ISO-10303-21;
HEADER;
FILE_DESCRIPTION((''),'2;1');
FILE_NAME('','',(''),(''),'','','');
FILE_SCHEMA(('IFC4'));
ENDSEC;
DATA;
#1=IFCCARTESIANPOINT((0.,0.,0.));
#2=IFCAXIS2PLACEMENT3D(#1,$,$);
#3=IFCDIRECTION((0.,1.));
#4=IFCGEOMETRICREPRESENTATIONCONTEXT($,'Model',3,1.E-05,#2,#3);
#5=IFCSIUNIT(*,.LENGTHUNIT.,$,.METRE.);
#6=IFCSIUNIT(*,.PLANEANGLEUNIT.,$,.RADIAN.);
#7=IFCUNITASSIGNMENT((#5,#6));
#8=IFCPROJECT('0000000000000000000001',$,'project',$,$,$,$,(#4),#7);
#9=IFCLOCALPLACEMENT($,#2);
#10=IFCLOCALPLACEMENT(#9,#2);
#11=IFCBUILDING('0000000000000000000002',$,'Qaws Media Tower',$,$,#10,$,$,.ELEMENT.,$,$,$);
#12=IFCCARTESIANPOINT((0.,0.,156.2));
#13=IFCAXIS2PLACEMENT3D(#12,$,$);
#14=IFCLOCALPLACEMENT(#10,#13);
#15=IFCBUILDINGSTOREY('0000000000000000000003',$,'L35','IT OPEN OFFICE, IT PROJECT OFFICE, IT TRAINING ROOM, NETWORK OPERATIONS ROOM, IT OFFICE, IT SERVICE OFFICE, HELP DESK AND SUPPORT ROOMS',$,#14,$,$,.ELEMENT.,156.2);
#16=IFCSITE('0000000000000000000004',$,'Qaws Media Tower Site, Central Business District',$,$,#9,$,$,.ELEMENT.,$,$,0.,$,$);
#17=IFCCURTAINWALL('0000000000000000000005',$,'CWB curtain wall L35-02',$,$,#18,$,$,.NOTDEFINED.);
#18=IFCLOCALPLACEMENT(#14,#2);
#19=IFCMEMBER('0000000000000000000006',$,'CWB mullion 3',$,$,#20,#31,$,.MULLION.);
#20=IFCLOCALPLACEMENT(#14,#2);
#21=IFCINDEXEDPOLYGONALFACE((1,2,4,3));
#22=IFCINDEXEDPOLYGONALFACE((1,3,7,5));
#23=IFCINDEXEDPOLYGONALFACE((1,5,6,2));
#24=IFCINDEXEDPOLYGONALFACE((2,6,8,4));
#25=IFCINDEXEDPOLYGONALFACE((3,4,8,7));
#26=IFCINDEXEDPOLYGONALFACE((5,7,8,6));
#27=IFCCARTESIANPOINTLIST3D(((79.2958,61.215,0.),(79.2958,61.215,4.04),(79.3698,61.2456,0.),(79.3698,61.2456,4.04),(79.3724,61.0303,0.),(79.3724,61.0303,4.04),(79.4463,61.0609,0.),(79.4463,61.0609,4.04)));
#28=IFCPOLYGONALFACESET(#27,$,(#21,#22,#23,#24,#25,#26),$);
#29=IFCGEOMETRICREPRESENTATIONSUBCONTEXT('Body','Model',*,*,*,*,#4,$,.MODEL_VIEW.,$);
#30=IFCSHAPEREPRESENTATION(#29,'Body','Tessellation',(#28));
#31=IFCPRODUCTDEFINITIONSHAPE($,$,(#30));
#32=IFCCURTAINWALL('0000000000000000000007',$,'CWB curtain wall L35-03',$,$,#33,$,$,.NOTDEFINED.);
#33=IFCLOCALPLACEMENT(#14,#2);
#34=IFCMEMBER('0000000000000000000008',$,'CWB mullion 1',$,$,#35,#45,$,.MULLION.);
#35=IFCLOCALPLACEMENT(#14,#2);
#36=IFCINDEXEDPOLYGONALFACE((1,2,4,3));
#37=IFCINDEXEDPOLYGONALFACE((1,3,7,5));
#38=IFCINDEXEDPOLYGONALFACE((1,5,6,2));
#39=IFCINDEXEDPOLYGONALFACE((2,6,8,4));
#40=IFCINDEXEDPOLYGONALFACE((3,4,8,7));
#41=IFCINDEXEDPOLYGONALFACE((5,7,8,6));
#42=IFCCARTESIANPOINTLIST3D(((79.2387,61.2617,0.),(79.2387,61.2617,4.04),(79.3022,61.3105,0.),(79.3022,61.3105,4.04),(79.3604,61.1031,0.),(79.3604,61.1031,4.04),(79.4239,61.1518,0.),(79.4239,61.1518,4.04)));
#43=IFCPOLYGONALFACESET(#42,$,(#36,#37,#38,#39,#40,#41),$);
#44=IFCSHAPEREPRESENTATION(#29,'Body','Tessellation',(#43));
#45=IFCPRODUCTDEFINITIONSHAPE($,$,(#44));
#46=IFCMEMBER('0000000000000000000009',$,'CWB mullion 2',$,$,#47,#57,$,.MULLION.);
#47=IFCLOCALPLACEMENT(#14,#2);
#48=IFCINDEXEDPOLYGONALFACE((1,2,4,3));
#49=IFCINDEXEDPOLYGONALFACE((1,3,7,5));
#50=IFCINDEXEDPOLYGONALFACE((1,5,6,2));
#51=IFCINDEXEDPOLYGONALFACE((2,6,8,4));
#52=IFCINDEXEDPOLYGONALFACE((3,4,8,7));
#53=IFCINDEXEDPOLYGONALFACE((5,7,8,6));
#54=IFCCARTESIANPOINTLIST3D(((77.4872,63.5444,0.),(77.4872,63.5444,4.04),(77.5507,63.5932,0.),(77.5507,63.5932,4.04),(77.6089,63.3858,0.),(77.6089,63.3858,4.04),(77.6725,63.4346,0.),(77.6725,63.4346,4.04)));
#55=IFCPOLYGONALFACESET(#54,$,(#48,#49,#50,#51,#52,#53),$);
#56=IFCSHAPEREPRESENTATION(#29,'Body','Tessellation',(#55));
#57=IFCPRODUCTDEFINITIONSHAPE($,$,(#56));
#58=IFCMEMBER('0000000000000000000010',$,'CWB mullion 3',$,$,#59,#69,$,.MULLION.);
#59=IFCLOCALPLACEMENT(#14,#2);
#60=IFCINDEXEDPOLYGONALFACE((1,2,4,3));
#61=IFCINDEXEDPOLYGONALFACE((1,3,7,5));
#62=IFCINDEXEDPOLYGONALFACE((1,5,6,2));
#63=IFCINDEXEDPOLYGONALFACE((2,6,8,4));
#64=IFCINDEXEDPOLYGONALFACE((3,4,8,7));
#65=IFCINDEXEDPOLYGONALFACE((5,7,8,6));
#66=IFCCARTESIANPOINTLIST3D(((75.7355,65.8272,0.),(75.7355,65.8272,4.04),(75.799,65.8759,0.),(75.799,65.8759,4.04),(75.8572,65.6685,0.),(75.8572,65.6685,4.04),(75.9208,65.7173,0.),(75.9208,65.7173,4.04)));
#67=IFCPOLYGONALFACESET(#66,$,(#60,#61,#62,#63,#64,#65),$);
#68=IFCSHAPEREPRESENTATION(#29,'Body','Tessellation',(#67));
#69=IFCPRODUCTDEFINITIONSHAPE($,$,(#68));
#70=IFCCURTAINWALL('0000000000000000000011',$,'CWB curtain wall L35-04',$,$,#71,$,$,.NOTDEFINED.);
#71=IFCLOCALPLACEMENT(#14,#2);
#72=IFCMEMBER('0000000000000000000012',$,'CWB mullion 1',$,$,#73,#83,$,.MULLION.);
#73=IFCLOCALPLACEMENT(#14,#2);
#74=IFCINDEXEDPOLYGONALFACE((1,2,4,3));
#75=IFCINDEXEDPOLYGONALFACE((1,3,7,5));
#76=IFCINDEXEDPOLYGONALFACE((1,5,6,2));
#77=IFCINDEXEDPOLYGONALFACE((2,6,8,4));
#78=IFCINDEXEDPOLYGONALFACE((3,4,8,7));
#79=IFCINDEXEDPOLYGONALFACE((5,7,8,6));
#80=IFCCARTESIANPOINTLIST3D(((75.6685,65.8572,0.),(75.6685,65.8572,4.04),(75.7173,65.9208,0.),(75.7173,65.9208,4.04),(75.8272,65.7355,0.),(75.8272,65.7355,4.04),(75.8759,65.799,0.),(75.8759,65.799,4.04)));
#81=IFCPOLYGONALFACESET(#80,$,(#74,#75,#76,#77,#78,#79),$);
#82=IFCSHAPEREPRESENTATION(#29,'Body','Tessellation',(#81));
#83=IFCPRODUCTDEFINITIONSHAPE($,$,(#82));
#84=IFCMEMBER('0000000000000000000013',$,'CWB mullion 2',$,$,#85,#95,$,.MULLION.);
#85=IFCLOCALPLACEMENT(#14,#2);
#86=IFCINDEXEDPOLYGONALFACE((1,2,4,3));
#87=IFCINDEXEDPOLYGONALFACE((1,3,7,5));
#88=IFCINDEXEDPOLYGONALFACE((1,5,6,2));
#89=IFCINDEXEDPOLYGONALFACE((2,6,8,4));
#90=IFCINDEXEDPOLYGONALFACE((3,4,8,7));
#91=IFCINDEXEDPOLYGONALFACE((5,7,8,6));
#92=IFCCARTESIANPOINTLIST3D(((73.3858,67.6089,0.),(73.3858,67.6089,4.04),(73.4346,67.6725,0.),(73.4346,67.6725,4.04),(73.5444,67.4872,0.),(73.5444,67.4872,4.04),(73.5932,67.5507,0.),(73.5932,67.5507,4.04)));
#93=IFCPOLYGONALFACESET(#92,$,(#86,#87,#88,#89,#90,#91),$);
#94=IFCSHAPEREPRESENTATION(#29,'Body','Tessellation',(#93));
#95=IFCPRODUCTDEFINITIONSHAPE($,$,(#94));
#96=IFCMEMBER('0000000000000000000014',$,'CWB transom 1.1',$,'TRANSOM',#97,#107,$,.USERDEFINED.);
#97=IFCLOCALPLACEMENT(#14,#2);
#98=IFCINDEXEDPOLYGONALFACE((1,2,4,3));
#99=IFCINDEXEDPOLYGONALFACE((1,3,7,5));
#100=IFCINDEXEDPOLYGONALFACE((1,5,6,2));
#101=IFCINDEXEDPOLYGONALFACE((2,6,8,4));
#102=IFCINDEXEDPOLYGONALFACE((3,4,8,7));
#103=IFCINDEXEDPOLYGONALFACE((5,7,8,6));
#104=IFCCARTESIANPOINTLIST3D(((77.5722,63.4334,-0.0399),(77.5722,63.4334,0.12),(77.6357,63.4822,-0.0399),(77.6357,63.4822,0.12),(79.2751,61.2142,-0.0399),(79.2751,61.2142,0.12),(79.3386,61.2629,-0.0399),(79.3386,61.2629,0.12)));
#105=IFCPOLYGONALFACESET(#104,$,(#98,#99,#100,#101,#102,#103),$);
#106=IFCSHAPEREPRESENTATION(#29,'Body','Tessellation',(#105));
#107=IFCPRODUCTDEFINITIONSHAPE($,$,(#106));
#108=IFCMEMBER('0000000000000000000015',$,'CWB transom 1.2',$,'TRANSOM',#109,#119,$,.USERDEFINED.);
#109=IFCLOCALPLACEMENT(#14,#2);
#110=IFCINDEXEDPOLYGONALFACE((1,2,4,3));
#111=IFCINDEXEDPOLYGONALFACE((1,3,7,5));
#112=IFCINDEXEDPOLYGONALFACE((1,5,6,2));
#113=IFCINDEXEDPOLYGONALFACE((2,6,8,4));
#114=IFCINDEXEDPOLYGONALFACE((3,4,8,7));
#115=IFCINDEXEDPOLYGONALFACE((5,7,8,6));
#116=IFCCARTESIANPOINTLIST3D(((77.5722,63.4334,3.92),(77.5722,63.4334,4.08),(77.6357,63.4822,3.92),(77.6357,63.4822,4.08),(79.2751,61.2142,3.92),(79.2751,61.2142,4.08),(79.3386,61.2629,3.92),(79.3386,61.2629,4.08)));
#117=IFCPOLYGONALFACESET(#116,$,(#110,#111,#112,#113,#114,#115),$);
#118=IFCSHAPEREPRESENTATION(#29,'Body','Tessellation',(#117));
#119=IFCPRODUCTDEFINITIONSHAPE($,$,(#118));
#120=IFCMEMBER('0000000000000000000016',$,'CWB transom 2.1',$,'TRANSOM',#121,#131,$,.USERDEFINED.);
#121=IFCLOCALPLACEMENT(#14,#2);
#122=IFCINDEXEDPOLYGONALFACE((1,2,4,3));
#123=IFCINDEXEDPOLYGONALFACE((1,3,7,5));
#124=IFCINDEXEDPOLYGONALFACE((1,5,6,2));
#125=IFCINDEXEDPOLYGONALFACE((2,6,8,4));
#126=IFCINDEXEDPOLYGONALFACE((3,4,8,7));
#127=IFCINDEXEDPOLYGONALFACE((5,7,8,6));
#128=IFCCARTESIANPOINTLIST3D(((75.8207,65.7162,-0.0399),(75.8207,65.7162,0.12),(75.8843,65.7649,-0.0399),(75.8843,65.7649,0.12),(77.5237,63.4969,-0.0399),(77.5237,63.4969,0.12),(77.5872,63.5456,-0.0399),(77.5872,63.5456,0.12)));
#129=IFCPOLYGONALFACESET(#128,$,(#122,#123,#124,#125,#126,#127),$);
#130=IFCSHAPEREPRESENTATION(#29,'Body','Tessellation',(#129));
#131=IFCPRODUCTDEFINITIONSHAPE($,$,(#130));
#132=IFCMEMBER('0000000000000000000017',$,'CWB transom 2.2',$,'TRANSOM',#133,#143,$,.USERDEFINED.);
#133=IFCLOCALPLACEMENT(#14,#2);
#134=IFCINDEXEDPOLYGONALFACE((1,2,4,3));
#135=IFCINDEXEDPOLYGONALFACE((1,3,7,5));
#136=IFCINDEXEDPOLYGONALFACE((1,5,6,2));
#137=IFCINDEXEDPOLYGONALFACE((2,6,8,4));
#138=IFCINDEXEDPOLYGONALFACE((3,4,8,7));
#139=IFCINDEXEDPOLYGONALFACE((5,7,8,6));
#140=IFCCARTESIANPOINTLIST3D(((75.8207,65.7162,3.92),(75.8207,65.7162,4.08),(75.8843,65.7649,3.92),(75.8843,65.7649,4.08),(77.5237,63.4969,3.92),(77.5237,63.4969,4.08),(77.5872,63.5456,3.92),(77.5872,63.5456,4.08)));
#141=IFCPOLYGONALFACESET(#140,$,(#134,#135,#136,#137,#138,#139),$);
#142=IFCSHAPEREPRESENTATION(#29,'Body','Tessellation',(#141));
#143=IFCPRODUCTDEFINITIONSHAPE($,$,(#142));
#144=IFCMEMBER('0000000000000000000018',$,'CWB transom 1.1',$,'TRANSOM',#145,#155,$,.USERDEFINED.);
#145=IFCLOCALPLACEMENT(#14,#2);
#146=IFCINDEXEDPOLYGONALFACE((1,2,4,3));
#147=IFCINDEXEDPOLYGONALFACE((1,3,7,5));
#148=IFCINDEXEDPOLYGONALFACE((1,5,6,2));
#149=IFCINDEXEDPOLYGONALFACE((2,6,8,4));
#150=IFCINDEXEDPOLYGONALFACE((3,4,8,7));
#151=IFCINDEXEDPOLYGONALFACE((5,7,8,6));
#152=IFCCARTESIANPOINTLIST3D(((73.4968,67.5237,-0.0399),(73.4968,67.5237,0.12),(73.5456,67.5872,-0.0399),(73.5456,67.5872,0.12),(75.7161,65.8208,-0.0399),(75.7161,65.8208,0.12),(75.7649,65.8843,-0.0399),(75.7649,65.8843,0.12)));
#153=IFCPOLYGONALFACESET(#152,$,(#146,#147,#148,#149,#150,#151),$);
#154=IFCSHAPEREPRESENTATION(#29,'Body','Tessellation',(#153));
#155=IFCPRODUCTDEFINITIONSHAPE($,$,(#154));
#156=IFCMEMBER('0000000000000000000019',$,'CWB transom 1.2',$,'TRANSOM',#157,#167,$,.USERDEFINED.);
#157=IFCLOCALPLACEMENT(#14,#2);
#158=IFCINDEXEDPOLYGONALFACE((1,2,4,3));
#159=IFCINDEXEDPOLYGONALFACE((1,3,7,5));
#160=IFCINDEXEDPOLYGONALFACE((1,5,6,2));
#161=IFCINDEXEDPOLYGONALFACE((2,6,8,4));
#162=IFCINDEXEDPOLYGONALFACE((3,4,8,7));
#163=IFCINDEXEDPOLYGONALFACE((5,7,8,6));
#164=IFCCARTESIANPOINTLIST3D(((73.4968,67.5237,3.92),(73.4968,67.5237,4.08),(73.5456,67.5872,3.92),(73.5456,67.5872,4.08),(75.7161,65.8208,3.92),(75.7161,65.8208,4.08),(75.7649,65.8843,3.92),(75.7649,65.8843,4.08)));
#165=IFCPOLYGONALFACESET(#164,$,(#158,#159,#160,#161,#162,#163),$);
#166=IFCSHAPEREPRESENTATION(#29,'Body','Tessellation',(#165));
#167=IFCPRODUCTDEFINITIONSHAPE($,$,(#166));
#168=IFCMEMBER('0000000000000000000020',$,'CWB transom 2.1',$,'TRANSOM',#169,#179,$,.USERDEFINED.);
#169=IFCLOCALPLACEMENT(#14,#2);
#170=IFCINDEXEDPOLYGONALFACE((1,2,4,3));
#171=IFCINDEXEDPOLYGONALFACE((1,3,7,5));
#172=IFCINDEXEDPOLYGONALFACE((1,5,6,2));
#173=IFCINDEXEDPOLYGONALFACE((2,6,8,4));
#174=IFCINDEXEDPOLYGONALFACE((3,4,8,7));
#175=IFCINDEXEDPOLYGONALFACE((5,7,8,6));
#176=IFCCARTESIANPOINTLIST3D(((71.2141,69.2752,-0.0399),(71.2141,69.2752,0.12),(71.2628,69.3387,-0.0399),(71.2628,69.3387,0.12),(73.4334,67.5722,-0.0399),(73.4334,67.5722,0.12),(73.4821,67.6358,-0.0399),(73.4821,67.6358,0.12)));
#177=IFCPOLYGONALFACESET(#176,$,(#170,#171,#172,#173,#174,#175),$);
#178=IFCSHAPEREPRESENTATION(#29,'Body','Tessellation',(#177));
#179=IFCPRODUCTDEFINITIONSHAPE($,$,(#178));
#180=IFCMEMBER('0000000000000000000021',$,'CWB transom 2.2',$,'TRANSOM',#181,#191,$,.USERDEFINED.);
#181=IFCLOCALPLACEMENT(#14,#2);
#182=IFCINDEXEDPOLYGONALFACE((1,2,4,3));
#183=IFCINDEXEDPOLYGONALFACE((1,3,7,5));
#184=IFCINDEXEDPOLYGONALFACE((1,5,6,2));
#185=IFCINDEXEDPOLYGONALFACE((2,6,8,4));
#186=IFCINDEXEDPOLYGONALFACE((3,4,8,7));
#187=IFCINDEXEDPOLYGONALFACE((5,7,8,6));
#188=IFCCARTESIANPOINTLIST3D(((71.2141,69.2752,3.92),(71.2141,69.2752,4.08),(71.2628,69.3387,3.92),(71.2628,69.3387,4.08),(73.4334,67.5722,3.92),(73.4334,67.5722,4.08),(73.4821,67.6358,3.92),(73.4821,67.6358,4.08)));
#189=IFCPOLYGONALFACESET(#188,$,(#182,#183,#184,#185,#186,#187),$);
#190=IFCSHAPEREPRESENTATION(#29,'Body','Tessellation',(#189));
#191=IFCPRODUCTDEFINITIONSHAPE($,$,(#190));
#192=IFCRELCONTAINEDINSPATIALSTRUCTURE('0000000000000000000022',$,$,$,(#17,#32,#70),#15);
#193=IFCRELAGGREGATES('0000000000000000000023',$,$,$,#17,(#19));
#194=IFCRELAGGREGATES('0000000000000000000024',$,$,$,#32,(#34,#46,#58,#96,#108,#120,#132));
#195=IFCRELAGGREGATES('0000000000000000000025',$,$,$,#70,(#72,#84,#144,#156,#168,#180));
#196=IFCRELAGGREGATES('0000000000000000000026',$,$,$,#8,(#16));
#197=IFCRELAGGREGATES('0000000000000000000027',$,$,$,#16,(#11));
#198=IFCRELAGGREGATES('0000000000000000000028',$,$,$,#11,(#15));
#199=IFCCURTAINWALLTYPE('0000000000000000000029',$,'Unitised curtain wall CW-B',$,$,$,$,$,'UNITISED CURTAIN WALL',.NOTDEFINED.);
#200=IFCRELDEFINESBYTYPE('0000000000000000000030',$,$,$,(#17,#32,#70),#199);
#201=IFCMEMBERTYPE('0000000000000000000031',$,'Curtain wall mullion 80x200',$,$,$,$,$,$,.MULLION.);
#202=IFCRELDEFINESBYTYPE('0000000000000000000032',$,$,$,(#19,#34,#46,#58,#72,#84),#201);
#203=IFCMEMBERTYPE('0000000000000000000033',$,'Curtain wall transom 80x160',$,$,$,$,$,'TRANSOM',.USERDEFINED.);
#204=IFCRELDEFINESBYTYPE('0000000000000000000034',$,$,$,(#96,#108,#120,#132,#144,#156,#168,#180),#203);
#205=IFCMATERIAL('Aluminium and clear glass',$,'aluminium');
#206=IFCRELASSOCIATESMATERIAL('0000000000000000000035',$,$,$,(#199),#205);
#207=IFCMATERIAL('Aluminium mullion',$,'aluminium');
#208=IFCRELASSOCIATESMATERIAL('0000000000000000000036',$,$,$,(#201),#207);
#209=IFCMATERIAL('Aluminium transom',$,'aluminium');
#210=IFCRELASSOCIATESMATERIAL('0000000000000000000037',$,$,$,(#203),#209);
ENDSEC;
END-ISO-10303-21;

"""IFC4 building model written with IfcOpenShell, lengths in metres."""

from ifc_helpers import new_model, si_unit, direction, frame, origin, origin_2d, place, context, subcontext, project, spatial, rectangle, extrude, material, material_profile, profile_set, type_object, element, aggregate, save


model = new_model("IFC4")

# Units and contexts
model_context = context("Model", 3, precision=1e-05, world=origin(), true_north=direction((0.0, 1.0)))
body_context = subcontext(model_context, "Body", "Model", "MODEL_VIEW")
ifc_project = project(units=[si_unit("LENGTHUNIT", "METRE"), si_unit("PLANEANGLEUNIT", "RADIAN")], contexts=[model_context])

# Site, building, storey
site_placement = place(None, origin())
site = spatial("IfcSite", under=ifc_project, at=site_placement, Name="Qaws Media Tower Site, Central Business District", CompositionType="ELEMENT", RefElevation=0.0)
building_placement = place(site_placement, origin())
building = spatial("IfcBuilding", under=site, at=building_placement, Name="Qaws Media Tower", CompositionType="ELEMENT")
storey_placement = place(building_placement, frame((0.0, 0.0, 156.2)))
storey = spatial("IfcBuildingStorey", under=building, at=storey_placement, Name="L35", Description="IT OPEN OFFICE, IT PROJECT OFFICE, IT TRAINING ROOM, NETWORK OPERATIONS ROOM, IT OFFICE, IT SERVICE OFFICE, HELP DESK AND SUPPORT ROOMS", CompositionType="ELEMENT", Elevation=156.2)

# Curtain wall, member
ifc_material_1 = material(Name="Aluminium and clear glass", Category="aluminium")
curtain_wall_type = type_object("IfcCurtainWallType", Name="Unitised curtain wall CW-B", ElementType="UNITISED CURTAIN WALL", PredefinedType="NOTDEFINED", material=ifc_material_1)
curtain_wall_1_placement = place(storey_placement, origin())
curtain_wall_1 = element("IfcCurtainWall", 1, at=curtain_wall_1_placement, inside=storey, type_object=curtain_wall_type, Name="CWB curtain wall L35-02", PredefinedType="NOTDEFINED")
ifc_material_2 = material(Name="Aluminium mullion", Category="aluminium")
ifc_material_profile_1 = material_profile(ifc_material_2, rectangle(XDim=0.0801, YDim=0.2, at=origin_2d()), Name="80x200")
ifc_profile_set_1 = profile_set([ifc_material_profile_1], Name="Aluminium mullion")
member_type_1 = type_object("IfcMemberType", Name="Curtain wall mullion 80x200", PredefinedType="MULLION", material=ifc_profile_set_1)
member_1_placement = place(storey_placement, frame((79.3711, 61.1379, 0.0), z_axis=(0.0, 0.0, 1.0), x_axis=(-0.92388, -0.382683, 0.0)))
member_1 = element("IfcMember", 2, at=member_1_placement, type_object=member_type_1, Name="CWB mullion 3", PredefinedType="MULLION", context=body_context, shape_type="SweptSolid", body=[
    extrude(rectangle(XDim=0.0801, YDim=0.2, at=origin_2d()), origin(), (0.0, 0.0, 1.0), 4.04),
])
aggregate(curtain_wall_1, [member_1])

# Curtain walls, members
curtain_wall_2_placement = place(storey_placement, origin())
curtain_wall_2 = element("IfcCurtainWall", 3, at=curtain_wall_2_placement, inside=storey, type_object=curtain_wall_type, Name="CWB curtain wall L35-03", PredefinedType="NOTDEFINED")
member_2_placement = place(storey_placement, frame((79.3313, 61.2068, 0.0), z_axis=(0.0, 0.0, 1.0), x_axis=(-0.793353, -0.608761, 0.0)))
member_2 = element("IfcMember", 4, at=member_2_placement, type_object=member_type_1, Name="CWB mullion 1", PredefinedType="MULLION", context=body_context, shape_type="SweptSolid", body=[
    extrude(rectangle(XDim=0.0801, YDim=0.2, at=origin_2d()), origin(), (0.0, 0.0, 1.0), 4.04),
])
member_3_placement = place(storey_placement, frame((77.5798, 63.4895, 0.0), z_axis=(0.0, 0.0, 1.0), x_axis=(-0.793353, -0.608761, 0.0)))
member_3 = element("IfcMember", 5, at=member_3_placement, type_object=member_type_1, Name="CWB mullion 2", PredefinedType="MULLION", context=body_context, shape_type="SweptSolid", body=[
    extrude(rectangle(XDim=0.0801, YDim=0.2, at=origin_2d()), origin(), (0.0, 0.0, 1.0), 4.04),
])
member_4_placement = place(storey_placement, frame((75.8281, 65.7722, 0.0), z_axis=(0.0, 0.0, 1.0), x_axis=(-0.793353, -0.608761, 0.0)))
member_4 = element("IfcMember", 6, at=member_4_placement, type_object=member_type_1, Name="CWB mullion 3", PredefinedType="MULLION", context=body_context, shape_type="SweptSolid", body=[
    extrude(rectangle(XDim=0.0801, YDim=0.2, at=origin_2d()), origin(), (0.0, 0.0, 1.0), 4.04),
])
curtain_wall_3_placement = place(storey_placement, origin())
curtain_wall_3 = element("IfcCurtainWall", 7, at=curtain_wall_3_placement, inside=storey, type_object=curtain_wall_type, Name="CWB curtain wall L35-04", PredefinedType="NOTDEFINED")
member_5_placement = place(storey_placement, frame((75.7722, 65.8281, 0.0), z_axis=(0.0, 0.0, 1.0), x_axis=(-0.608761, -0.793353, 0.0)))
member_5 = element("IfcMember", 8, at=member_5_placement, type_object=member_type_1, Name="CWB mullion 1", PredefinedType="MULLION", context=body_context, shape_type="SweptSolid", body=[
    extrude(rectangle(XDim=0.0801, YDim=0.2, at=origin_2d()), origin(), (0.0, 0.0, 1.0), 4.04),
])
member_6_placement = place(storey_placement, frame((73.4895, 67.5798, 0.0), z_axis=(0.0, 0.0, 1.0), x_axis=(-0.608761, -0.793353, 0.0)))
member_6 = element("IfcMember", 9, at=member_6_placement, type_object=member_type_1, Name="CWB mullion 2", PredefinedType="MULLION", context=body_context, shape_type="SweptSolid", body=[
    extrude(rectangle(XDim=0.0801, YDim=0.2, at=origin_2d()), origin(), (0.0, 0.0, 1.0), 4.04),
])

# Members
ifc_material_3 = material(Name="Aluminium transom", Category="aluminium")
ifc_material_profile_2 = material_profile(ifc_material_3, rectangle(XDim=0.0801, YDim=0.1599, at=origin_2d()), Name="80x160")
ifc_profile_set_2 = profile_set([ifc_material_profile_2], Name="Aluminium transom")
member_type_2 = type_object("IfcMemberType", Name="Curtain wall transom 80x160", ElementType="TRANSOM", PredefinedType="USERDEFINED", material=ifc_profile_set_2)
member_7_placement = place(storey_placement, frame((79.3069, 61.2385, 0.04), z_axis=(-0.608761, 0.793353, 0.0), x_axis=(-0.793353, -0.608761, 0.0)))
member_7 = element("IfcMember", 10, at=member_7_placement, type_object=member_type_2, Name="CWB transom 1.1", ObjectType="TRANSOM", PredefinedType="USERDEFINED", context=body_context, shape_type="SweptSolid", body=[
    extrude(rectangle(XDim=0.0801, YDim=0.1599, at=origin_2d()), origin(), (0.0, 0.0, 1.0), 2.7974),
])
member_8_placement = place(storey_placement, frame((79.3069, 61.2385, 4.0), z_axis=(-0.608761, 0.793353, 0.0), x_axis=(-0.793353, -0.608761, 0.0)))
member_8 = element("IfcMember", 11, at=member_8_placement, type_object=member_type_2, Name="CWB transom 1.2", ObjectType="TRANSOM", PredefinedType="USERDEFINED", context=body_context, shape_type="SweptSolid", body=[
    extrude(rectangle(XDim=0.0801, YDim=0.1599, at=origin_2d()), origin(), (0.0, 0.0, 1.0), 2.7974),
])
member_9_placement = place(storey_placement, frame((77.5554, 63.5212, 0.04), z_axis=(-0.608761, 0.793353, 0.0), x_axis=(-0.793353, -0.608761, 0.0)))
member_9 = element("IfcMember", 12, at=member_9_placement, type_object=member_type_2, Name="CWB transom 2.1", ObjectType="TRANSOM", PredefinedType="USERDEFINED", context=body_context, shape_type="SweptSolid", body=[
    extrude(rectangle(XDim=0.0801, YDim=0.1599, at=origin_2d()), origin(), (0.0, 0.0, 1.0), 2.7974),
])
member_10_placement = place(storey_placement, frame((77.5554, 63.5212, 4.0), z_axis=(-0.608761, 0.793353, 0.0), x_axis=(-0.793353, -0.608761, 0.0)))
member_10 = element("IfcMember", 13, at=member_10_placement, type_object=member_type_2, Name="CWB transom 2.2", ObjectType="TRANSOM", PredefinedType="USERDEFINED", context=body_context, shape_type="SweptSolid", body=[
    extrude(rectangle(XDim=0.0801, YDim=0.1599, at=origin_2d()), origin(), (0.0, 0.0, 1.0), 2.7974),
])
member_11_placement = place(storey_placement, frame((75.7405, 65.8525, 0.04), z_axis=(-0.793353, 0.608761, 0.0), x_axis=(-0.608761, -0.793353, 0.0)))
member_11 = element("IfcMember", 14, at=member_11_placement, type_object=member_type_2, Name="CWB transom 1.1", ObjectType="TRANSOM", PredefinedType="USERDEFINED", context=body_context, shape_type="SweptSolid", body=[
    extrude(rectangle(XDim=0.0801, YDim=0.1599, at=origin_2d()), origin(), (0.0, 0.0, 1.0), 2.7974),
])
member_12_placement = place(storey_placement, frame((75.7405, 65.8525, 4.0), z_axis=(-0.793353, 0.608761, 0.0), x_axis=(-0.608761, -0.793353, 0.0)))
member_12 = element("IfcMember", 15, at=member_12_placement, type_object=member_type_2, Name="CWB transom 1.2", ObjectType="TRANSOM", PredefinedType="USERDEFINED", context=body_context, shape_type="SweptSolid", body=[
    extrude(rectangle(XDim=0.0801, YDim=0.1599, at=origin_2d()), origin(), (0.0, 0.0, 1.0), 2.7974),
])
member_13_placement = place(storey_placement, frame((73.4578, 67.604, 0.04), z_axis=(-0.793353, 0.608761, 0.0), x_axis=(-0.608761, -0.793353, 0.0)))
member_13 = element("IfcMember", 16, at=member_13_placement, type_object=member_type_2, Name="CWB transom 2.1", ObjectType="TRANSOM", PredefinedType="USERDEFINED", context=body_context, shape_type="SweptSolid", body=[
    extrude(rectangle(XDim=0.0801, YDim=0.1599, at=origin_2d()), origin(), (0.0, 0.0, 1.0), 2.7974),
])
member_14_placement = place(storey_placement, frame((73.4578, 67.604, 4.0), z_axis=(-0.793353, 0.608761, 0.0), x_axis=(-0.608761, -0.793353, 0.0)))
member_14 = element("IfcMember", 17, at=member_14_placement, type_object=member_type_2, Name="CWB transom 2.2", ObjectType="TRANSOM", PredefinedType="USERDEFINED", context=body_context, shape_type="SweptSolid", body=[
    extrude(rectangle(XDim=0.0801, YDim=0.1599, at=origin_2d()), origin(), (0.0, 0.0, 1.0), 2.7974),
])

aggregate(curtain_wall_2, [member_2, member_3, member_4, member_7, member_8, member_9, member_10])
aggregate(curtain_wall_3, [member_5, member_6, member_11, member_12, member_13, member_14])

save(model, "model.ifc")
